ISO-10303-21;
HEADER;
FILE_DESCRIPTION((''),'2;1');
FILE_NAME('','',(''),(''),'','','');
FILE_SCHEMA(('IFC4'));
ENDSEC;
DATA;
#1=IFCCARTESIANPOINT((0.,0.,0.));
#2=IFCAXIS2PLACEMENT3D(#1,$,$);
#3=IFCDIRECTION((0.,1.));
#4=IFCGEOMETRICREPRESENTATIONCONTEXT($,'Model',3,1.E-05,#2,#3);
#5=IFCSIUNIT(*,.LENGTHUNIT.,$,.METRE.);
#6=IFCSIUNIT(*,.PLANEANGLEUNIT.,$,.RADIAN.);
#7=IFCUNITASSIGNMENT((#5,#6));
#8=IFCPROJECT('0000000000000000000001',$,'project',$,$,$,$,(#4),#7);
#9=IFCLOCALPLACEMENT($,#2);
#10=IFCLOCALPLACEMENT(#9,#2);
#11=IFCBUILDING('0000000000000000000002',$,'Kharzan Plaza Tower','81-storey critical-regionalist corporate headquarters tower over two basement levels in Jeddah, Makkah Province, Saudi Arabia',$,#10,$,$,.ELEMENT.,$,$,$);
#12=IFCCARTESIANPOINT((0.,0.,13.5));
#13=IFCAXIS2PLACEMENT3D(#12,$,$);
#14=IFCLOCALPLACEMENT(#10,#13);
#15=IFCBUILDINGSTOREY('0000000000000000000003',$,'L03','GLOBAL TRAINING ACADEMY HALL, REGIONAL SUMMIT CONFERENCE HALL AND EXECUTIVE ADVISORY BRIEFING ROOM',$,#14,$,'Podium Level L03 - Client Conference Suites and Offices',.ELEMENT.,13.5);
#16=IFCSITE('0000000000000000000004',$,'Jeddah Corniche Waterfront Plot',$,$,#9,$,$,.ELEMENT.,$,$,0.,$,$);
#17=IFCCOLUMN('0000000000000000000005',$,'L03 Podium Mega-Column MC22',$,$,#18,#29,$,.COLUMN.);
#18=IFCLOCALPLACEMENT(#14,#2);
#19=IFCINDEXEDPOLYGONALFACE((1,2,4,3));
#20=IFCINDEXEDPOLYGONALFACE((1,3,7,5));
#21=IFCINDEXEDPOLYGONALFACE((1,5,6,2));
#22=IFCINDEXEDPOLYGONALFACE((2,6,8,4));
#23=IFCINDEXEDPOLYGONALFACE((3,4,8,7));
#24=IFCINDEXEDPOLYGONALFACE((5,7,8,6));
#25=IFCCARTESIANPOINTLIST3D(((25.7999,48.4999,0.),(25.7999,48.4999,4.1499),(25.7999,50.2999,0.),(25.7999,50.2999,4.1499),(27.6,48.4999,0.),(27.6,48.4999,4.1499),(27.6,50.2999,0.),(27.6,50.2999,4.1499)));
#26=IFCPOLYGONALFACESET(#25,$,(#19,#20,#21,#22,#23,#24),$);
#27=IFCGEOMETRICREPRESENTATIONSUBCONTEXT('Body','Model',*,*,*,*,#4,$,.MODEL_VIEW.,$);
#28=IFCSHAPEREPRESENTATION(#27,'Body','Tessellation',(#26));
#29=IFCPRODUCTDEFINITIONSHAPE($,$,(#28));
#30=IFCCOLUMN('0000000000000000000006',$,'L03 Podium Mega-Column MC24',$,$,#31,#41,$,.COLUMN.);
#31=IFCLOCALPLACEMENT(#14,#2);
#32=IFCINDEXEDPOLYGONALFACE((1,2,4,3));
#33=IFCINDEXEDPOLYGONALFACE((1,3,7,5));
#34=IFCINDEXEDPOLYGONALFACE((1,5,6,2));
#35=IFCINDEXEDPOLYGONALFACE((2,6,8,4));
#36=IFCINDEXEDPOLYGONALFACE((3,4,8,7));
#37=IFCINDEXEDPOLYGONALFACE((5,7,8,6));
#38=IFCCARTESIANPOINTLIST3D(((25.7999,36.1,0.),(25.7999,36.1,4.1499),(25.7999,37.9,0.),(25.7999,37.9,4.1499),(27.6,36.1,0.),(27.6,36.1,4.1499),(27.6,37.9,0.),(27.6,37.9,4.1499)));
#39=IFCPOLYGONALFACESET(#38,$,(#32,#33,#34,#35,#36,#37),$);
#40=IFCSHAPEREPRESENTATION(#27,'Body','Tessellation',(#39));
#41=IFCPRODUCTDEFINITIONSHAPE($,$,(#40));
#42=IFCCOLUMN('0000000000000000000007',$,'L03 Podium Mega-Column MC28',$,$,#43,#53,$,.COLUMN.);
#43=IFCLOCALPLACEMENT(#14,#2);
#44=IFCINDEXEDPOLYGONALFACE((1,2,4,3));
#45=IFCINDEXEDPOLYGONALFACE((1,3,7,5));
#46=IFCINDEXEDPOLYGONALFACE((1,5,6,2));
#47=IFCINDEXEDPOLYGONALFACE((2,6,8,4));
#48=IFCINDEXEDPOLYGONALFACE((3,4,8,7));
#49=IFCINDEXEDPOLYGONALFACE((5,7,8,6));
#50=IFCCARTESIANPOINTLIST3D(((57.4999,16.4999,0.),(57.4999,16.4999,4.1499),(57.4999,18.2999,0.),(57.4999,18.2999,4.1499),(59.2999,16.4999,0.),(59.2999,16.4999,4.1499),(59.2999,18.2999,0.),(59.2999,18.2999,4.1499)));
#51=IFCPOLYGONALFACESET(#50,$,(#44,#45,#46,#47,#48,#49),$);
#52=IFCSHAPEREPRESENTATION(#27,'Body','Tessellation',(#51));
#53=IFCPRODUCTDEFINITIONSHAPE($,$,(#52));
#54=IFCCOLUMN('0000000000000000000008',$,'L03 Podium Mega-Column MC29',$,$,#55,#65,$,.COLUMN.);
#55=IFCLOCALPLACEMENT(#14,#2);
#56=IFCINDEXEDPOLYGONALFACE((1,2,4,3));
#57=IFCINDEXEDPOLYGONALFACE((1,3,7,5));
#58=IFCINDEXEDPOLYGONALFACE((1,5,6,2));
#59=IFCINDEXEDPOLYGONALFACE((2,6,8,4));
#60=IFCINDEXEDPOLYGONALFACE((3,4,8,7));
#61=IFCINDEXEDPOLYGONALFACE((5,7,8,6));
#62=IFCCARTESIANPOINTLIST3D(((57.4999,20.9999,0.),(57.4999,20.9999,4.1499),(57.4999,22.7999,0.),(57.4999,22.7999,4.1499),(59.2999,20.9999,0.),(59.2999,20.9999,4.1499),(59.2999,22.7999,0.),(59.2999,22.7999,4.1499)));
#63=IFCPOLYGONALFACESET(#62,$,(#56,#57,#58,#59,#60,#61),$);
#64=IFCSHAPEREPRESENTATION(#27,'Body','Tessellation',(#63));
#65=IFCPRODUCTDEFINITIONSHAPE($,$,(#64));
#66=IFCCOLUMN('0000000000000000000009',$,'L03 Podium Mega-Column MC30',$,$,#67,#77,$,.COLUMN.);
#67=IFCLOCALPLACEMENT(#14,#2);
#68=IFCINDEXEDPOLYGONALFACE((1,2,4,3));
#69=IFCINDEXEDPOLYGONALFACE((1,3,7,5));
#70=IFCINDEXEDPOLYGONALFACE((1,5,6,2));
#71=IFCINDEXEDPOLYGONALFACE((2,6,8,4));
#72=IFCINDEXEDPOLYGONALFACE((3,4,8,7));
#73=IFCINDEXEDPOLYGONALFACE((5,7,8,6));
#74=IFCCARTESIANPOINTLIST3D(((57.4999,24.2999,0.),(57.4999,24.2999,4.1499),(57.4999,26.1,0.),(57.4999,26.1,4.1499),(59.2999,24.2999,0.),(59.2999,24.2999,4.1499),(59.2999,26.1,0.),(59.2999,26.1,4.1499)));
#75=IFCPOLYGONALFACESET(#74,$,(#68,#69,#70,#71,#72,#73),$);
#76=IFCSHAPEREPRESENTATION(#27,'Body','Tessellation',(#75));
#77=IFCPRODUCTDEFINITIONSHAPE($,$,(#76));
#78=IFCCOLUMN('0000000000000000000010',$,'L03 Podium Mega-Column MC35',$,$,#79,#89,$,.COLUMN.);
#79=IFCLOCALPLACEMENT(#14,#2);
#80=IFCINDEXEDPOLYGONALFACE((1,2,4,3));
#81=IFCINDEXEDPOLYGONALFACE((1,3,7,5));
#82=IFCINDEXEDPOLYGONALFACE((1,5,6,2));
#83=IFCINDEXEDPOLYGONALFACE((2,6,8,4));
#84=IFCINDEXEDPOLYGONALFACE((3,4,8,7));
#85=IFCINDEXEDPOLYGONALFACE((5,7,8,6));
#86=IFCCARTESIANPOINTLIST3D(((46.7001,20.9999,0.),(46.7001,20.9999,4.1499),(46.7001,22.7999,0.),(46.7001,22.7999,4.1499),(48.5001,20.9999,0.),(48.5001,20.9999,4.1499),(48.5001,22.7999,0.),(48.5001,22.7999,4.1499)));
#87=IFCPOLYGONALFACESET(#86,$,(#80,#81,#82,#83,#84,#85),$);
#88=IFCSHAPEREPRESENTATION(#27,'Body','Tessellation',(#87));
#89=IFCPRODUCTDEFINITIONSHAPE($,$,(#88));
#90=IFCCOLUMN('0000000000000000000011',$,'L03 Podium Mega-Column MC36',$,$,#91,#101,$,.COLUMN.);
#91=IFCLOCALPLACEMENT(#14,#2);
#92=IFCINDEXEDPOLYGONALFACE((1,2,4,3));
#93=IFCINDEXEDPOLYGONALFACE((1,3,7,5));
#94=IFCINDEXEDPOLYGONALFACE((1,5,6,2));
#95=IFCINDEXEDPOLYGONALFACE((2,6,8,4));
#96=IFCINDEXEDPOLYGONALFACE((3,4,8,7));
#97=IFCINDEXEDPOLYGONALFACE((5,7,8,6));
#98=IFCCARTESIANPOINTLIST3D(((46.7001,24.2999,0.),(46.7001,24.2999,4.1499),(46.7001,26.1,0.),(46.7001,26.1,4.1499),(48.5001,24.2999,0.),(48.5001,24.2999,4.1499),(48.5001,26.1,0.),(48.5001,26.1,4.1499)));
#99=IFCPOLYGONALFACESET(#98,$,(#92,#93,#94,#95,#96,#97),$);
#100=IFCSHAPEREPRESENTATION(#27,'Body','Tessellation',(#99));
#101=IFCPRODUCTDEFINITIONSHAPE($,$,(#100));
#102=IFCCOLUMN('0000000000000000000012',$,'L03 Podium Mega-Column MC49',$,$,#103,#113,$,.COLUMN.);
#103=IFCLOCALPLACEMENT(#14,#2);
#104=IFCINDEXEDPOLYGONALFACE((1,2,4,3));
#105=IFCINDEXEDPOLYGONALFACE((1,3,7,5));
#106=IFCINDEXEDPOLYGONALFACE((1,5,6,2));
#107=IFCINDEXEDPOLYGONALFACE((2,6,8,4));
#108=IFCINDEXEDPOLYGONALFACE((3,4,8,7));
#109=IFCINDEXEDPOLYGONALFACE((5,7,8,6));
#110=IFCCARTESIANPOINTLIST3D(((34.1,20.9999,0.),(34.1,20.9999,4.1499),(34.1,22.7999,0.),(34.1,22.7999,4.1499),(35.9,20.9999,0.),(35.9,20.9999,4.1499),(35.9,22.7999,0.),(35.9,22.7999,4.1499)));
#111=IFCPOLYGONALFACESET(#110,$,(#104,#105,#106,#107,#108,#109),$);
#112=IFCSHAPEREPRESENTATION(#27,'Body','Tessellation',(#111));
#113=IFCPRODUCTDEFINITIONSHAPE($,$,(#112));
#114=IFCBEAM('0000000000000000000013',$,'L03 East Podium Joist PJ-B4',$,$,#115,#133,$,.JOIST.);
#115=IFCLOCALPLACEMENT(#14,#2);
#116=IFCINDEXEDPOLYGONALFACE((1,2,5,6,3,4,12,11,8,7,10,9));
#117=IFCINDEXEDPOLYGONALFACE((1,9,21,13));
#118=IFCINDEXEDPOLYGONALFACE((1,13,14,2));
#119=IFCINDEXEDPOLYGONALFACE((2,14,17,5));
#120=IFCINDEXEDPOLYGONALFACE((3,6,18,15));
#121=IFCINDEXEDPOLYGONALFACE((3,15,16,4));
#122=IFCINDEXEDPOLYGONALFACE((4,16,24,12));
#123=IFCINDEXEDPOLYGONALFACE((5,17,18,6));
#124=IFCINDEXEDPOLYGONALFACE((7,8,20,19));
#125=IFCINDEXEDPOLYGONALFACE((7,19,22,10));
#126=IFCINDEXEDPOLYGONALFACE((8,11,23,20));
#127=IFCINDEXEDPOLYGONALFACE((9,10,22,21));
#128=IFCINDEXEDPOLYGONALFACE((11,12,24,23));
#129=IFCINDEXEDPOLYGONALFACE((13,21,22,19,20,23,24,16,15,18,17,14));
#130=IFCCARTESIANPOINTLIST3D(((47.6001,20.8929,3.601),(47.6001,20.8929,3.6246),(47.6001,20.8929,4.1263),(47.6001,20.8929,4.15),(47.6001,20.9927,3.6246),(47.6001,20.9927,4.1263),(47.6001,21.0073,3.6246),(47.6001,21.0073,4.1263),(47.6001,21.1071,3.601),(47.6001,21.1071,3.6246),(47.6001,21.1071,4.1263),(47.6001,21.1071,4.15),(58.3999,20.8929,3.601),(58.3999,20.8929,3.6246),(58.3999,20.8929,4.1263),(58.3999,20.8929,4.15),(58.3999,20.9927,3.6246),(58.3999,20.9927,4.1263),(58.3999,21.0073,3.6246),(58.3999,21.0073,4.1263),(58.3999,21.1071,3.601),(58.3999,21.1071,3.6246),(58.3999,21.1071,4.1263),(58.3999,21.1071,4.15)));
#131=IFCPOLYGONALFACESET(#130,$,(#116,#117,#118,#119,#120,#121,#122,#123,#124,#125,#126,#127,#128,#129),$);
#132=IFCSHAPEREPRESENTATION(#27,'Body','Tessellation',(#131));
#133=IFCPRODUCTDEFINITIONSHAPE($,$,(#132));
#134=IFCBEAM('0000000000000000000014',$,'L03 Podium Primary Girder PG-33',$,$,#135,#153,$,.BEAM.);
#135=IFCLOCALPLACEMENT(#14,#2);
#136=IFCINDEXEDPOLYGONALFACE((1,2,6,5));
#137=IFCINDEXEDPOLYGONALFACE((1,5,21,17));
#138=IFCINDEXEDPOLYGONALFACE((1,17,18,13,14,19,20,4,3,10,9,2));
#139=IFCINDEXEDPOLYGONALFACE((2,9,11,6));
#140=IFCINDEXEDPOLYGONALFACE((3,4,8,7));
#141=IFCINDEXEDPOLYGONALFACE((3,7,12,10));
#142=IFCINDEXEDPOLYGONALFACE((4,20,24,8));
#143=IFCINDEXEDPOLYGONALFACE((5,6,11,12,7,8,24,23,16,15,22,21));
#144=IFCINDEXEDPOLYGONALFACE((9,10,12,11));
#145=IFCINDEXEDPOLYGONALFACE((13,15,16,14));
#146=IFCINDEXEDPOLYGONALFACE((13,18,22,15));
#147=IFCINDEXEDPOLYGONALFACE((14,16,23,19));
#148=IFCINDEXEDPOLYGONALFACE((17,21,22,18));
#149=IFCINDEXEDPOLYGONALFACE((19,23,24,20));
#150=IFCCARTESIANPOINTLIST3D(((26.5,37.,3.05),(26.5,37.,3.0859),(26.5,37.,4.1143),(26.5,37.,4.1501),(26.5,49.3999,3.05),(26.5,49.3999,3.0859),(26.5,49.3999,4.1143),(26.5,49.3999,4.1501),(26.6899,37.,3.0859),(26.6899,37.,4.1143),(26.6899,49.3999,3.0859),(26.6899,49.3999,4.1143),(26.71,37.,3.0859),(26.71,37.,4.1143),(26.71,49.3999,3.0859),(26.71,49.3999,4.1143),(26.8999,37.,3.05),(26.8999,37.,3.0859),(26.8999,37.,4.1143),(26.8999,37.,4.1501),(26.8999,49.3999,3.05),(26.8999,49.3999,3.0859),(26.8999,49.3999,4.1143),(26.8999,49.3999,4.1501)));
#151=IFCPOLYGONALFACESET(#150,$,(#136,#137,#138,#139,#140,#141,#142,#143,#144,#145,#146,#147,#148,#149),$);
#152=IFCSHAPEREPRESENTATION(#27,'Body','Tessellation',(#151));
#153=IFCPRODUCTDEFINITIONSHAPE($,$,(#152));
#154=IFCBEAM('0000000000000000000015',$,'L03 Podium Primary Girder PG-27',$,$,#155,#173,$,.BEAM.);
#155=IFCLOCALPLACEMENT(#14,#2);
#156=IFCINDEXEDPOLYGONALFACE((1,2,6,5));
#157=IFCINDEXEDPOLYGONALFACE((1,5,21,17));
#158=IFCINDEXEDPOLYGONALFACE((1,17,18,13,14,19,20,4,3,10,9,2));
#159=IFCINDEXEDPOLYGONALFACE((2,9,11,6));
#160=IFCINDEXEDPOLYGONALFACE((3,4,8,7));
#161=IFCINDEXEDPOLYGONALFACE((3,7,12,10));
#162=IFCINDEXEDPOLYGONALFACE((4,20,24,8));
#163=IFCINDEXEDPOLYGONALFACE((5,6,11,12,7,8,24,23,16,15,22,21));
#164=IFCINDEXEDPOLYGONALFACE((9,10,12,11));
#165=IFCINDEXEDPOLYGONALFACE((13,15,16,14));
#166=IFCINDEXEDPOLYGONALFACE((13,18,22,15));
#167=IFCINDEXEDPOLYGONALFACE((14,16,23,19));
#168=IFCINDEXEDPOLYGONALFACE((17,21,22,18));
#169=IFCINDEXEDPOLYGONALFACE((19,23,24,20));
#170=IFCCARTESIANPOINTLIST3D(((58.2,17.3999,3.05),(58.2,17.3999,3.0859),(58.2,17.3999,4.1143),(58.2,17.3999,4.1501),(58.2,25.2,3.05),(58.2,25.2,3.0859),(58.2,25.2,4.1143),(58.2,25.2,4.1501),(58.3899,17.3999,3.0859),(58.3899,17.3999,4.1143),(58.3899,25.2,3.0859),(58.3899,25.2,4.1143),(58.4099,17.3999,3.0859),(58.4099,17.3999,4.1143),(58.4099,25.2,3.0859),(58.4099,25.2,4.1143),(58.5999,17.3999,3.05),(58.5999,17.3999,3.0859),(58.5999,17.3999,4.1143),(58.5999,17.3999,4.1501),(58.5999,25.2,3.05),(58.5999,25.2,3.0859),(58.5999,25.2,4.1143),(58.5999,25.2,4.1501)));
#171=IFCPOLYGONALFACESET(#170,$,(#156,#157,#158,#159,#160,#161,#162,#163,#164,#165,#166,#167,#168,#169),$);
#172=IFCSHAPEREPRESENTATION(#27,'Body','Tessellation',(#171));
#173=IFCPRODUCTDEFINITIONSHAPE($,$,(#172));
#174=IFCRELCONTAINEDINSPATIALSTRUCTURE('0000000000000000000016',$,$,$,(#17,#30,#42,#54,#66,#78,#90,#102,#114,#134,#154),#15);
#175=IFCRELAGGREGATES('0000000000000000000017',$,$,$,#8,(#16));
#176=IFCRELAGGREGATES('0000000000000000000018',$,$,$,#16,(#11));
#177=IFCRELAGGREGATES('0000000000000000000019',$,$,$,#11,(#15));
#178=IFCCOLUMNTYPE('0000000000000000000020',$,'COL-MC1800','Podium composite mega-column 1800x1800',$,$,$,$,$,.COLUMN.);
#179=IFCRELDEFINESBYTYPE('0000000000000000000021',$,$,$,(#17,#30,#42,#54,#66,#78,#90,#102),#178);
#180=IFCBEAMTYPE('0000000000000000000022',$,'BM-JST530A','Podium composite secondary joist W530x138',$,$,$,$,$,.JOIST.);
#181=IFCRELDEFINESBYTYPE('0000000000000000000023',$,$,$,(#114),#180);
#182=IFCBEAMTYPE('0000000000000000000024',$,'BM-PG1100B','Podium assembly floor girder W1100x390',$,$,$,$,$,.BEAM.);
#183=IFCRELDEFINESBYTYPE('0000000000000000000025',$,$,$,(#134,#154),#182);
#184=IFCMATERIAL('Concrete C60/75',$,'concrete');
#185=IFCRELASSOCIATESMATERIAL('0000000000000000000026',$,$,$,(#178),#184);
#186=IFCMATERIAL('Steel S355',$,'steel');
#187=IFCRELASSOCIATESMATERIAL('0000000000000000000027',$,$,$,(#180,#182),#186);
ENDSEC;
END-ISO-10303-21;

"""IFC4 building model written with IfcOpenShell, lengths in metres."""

from ifc_helpers import new_model, si_unit, direction, frame, origin, origin_2d, place, context, subcontext, project, spatial, rectangle, i_section, extrude, source, transform, mapped, material, material_profile, profile_set, type_object, element, save


model = new_model("IFC4")

# Units and contexts
model_context = context("Model", 3, precision=1e-05, world=origin(), true_north=direction((0.0, 1.0)))
body_context = subcontext(model_context, "Body", "Model", "MODEL_VIEW")
ifc_project = project(units=[si_unit("LENGTHUNIT", "METRE"), si_unit("PLANEANGLEUNIT", "RADIAN")], contexts=[model_context])

# Site, building, storey
site_placement = place(None, origin())
site = spatial("IfcSite", under=ifc_project, at=site_placement, Name="Jeddah Corniche Waterfront Plot", CompositionType="ELEMENT", RefElevation=0.0)
building_placement = place(site_placement, origin())
building = spatial("IfcBuilding", under=site, at=building_placement, Name="Kharzan Plaza Tower", Description="81-storey critical-regionalist corporate headquarters tower over two basement levels in Jeddah, Makkah Province, Saudi Arabia", CompositionType="ELEMENT")
storey_placement = place(building_placement, frame((0.0, 0.0, 13.5)))
storey = spatial("IfcBuildingStorey", under=building, at=storey_placement, Name="L03", Description="GLOBAL TRAINING ACADEMY HALL, REGIONAL SUMMIT CONFERENCE HALL AND EXECUTIVE ADVISORY BRIEFING ROOM", LongName="Podium Level L03 - Client Conference Suites and Offices", CompositionType="ELEMENT", Elevation=13.5)

# Columns
ifc_material_1 = material(Name="Concrete C60/75", Category="concrete")
ifc_material_profile_1 = material_profile(ifc_material_1, rectangle(XDim=1.8, YDim=1.8, at=origin_2d()), Name="RC-MC1800x1800")
ifc_profile_set_1 = profile_set([ifc_material_profile_1], Name="Concrete C60/75")
column_type = type_object("IfcColumnType", Name="COL-MC1800", Description="Podium composite mega-column 1800x1800", PredefinedType="COLUMN", material=ifc_profile_set_1)
shared_shape_1 = source(origin(), body_context, "Body", "SweptSolid", [
    extrude(rectangle(XDim=1.8, YDim=1.8, at=origin_2d()), origin(), (0.0, 0.0, 1.0), 4.1499),
])
for number, where, z_axis, x_axis, name in (
    (1, (26.7, 49.3999, 0.0), (0.0, 0.0, 1.0), (1.0, 0.0, 0.0), "L03 Podium Mega-Column MC22"),
    (2, (26.7, 37.0, 0.0), (0.0, 0.0, 1.0), (1.0, 0.0, 0.0), "L03 Podium Mega-Column MC24"),
    (3, (58.3999, 17.3999, 0.0), (0.0, 0.0, 1.0), (1.0, 0.0, 0.0), "L03 Podium Mega-Column MC28"),
    (4, (58.3999, 21.8999, 0.0), (0.0, 0.0, 1.0), (1.0, 0.0, 0.0), "L03 Podium Mega-Column MC29"),
    (5, (58.3999, 25.2, 0.0), (0.0, 0.0, 1.0), (1.0, 0.0, 0.0), "L03 Podium Mega-Column MC30"),
    (6, (47.6001, 21.8999, 0.0), (0.0, 0.0, 1.0), (1.0, 0.0, 0.0), "L03 Podium Mega-Column MC35"),
    (7, (47.6001, 25.2, 0.0), (0.0, 0.0, 1.0), (1.0, 0.0, 0.0), "L03 Podium Mega-Column MC36"),
    (8, (35.0, 21.8999, 0.0), (0.0, 0.0, 1.0), (1.0, 0.0, 0.0), "L03 Podium Mega-Column MC49"),
):
    element("IfcColumn", number, at=place(storey_placement, frame(where, z_axis=z_axis, x_axis=x_axis)), inside=storey, type_object=column_type, Name=name, PredefinedType="COLUMN", context=body_context, shape_type="MappedRepresentation", body=[
        mapped(shared_shape_1, transform((0.0, 0.0, 0.0), x_axis=(1.0, 0.0, 0.0), y_axis=(0.0, 1.0, 0.0), z_axis=(0.0, 0.0, 1.0))),
    ])

# Beams
ifc_material_2 = material(Name="Steel S355", Category="steel")
ifc_material_profile_2 = material_profile(ifc_material_2, i_section(OverallWidth=0.2141, OverallDepth=0.5491, WebThickness=0.0146, FlangeThickness=0.0237, at=origin_2d()), Name="W530x138")
ifc_profile_set_2 = profile_set([ifc_material_profile_2], Name="Steel S355")
beam_type_1 = type_object("IfcBeamType", Name="BM-JST530A", Description="Podium composite secondary joist W530x138", PredefinedType="JOIST", material=ifc_profile_set_2)
shared_shape_2 = source(origin(), body_context, "Body", "SweptSolid", [
    extrude(i_section(OverallWidth=0.2141, OverallDepth=0.5491, WebThickness=0.0146, FlangeThickness=0.0237, at=origin_2d()), origin(), (0.0, 0.0, 1.0), 10.7998),
])
beam_1_placement = place(storey_placement, frame((47.6001, 21.0, 3.8755), z_axis=(1.0, 0.0, 0.0), x_axis=(0.0, 1.0, 0.0)))
element("IfcBeam", 9, at=beam_1_placement, inside=storey, type_object=beam_type_1, Name="L03 East Podium Joist PJ-B4", PredefinedType="JOIST", context=body_context, shape_type="MappedRepresentation", body=[
    mapped(shared_shape_2, transform((0.0, 0.0, 0.0), x_axis=(1.0, 0.0, 0.0), y_axis=(0.0, 1.0, 0.0), z_axis=(0.0, 0.0, 1.0))),
])
ifc_material_profile_3 = material_profile(ifc_material_2, i_section(OverallWidth=0.3999, OverallDepth=1.1001, WebThickness=0.02, FlangeThickness=0.0359, at=origin_2d()), Name="W1100x390")
ifc_profile_set_3 = profile_set([ifc_material_profile_3], Name="Steel S355")
beam_type_2 = type_object("IfcBeamType", Name="BM-PG1100B", Description="Podium assembly floor girder W1100x390", PredefinedType="BEAM", material=ifc_profile_set_3)
shared_shape_3 = source(origin(), body_context, "Body", "SweptSolid", [
    extrude(i_section(OverallWidth=0.3999, OverallDepth=1.1001, WebThickness=0.02, FlangeThickness=0.0359, at=origin_2d()), origin(), (0.0, 0.0, 1.0), 12.3999),
])
beam_2_placement = place(storey_placement, frame((26.7, 37.0, 3.6001), z_axis=(0.0, 1.0, 0.0), x_axis=(-1.0, 0.0, 0.0)))
element("IfcBeam", 10, at=beam_2_placement, inside=storey, type_object=beam_type_2, Name="L03 Podium Primary Girder PG-33", PredefinedType="BEAM", context=body_context, shape_type="MappedRepresentation", body=[
    mapped(shared_shape_3, transform((0.0, 0.0, 0.0), x_axis=(1.0, 0.0, 0.0), y_axis=(0.0, 1.0, 0.0), z_axis=(0.0, 0.0, 1.0))),
])
shared_shape_4 = source(origin(), body_context, "Body", "SweptSolid", [
    extrude(i_section(OverallWidth=0.3999, OverallDepth=1.1001, WebThickness=0.02, FlangeThickness=0.0359, at=origin_2d()), origin(), (0.0, 0.0, 1.0), 7.8),
])
beam_3_placement = place(storey_placement, frame((58.3999, 17.3999, 3.6001), z_axis=(0.0, 1.0, 0.0), x_axis=(-1.0, 0.0, 0.0)))
element("IfcBeam", 11, at=beam_3_placement, inside=storey, type_object=beam_type_2, Name="L03 Podium Primary Girder PG-27", PredefinedType="BEAM", context=body_context, shape_type="MappedRepresentation", body=[
    mapped(shared_shape_4, transform((0.0, 0.0, 0.0), x_axis=(1.0, 0.0, 0.0), y_axis=(0.0, 1.0, 0.0), z_axis=(0.0, 0.0, 1.0))),
])

save(model, "model.ifc")
